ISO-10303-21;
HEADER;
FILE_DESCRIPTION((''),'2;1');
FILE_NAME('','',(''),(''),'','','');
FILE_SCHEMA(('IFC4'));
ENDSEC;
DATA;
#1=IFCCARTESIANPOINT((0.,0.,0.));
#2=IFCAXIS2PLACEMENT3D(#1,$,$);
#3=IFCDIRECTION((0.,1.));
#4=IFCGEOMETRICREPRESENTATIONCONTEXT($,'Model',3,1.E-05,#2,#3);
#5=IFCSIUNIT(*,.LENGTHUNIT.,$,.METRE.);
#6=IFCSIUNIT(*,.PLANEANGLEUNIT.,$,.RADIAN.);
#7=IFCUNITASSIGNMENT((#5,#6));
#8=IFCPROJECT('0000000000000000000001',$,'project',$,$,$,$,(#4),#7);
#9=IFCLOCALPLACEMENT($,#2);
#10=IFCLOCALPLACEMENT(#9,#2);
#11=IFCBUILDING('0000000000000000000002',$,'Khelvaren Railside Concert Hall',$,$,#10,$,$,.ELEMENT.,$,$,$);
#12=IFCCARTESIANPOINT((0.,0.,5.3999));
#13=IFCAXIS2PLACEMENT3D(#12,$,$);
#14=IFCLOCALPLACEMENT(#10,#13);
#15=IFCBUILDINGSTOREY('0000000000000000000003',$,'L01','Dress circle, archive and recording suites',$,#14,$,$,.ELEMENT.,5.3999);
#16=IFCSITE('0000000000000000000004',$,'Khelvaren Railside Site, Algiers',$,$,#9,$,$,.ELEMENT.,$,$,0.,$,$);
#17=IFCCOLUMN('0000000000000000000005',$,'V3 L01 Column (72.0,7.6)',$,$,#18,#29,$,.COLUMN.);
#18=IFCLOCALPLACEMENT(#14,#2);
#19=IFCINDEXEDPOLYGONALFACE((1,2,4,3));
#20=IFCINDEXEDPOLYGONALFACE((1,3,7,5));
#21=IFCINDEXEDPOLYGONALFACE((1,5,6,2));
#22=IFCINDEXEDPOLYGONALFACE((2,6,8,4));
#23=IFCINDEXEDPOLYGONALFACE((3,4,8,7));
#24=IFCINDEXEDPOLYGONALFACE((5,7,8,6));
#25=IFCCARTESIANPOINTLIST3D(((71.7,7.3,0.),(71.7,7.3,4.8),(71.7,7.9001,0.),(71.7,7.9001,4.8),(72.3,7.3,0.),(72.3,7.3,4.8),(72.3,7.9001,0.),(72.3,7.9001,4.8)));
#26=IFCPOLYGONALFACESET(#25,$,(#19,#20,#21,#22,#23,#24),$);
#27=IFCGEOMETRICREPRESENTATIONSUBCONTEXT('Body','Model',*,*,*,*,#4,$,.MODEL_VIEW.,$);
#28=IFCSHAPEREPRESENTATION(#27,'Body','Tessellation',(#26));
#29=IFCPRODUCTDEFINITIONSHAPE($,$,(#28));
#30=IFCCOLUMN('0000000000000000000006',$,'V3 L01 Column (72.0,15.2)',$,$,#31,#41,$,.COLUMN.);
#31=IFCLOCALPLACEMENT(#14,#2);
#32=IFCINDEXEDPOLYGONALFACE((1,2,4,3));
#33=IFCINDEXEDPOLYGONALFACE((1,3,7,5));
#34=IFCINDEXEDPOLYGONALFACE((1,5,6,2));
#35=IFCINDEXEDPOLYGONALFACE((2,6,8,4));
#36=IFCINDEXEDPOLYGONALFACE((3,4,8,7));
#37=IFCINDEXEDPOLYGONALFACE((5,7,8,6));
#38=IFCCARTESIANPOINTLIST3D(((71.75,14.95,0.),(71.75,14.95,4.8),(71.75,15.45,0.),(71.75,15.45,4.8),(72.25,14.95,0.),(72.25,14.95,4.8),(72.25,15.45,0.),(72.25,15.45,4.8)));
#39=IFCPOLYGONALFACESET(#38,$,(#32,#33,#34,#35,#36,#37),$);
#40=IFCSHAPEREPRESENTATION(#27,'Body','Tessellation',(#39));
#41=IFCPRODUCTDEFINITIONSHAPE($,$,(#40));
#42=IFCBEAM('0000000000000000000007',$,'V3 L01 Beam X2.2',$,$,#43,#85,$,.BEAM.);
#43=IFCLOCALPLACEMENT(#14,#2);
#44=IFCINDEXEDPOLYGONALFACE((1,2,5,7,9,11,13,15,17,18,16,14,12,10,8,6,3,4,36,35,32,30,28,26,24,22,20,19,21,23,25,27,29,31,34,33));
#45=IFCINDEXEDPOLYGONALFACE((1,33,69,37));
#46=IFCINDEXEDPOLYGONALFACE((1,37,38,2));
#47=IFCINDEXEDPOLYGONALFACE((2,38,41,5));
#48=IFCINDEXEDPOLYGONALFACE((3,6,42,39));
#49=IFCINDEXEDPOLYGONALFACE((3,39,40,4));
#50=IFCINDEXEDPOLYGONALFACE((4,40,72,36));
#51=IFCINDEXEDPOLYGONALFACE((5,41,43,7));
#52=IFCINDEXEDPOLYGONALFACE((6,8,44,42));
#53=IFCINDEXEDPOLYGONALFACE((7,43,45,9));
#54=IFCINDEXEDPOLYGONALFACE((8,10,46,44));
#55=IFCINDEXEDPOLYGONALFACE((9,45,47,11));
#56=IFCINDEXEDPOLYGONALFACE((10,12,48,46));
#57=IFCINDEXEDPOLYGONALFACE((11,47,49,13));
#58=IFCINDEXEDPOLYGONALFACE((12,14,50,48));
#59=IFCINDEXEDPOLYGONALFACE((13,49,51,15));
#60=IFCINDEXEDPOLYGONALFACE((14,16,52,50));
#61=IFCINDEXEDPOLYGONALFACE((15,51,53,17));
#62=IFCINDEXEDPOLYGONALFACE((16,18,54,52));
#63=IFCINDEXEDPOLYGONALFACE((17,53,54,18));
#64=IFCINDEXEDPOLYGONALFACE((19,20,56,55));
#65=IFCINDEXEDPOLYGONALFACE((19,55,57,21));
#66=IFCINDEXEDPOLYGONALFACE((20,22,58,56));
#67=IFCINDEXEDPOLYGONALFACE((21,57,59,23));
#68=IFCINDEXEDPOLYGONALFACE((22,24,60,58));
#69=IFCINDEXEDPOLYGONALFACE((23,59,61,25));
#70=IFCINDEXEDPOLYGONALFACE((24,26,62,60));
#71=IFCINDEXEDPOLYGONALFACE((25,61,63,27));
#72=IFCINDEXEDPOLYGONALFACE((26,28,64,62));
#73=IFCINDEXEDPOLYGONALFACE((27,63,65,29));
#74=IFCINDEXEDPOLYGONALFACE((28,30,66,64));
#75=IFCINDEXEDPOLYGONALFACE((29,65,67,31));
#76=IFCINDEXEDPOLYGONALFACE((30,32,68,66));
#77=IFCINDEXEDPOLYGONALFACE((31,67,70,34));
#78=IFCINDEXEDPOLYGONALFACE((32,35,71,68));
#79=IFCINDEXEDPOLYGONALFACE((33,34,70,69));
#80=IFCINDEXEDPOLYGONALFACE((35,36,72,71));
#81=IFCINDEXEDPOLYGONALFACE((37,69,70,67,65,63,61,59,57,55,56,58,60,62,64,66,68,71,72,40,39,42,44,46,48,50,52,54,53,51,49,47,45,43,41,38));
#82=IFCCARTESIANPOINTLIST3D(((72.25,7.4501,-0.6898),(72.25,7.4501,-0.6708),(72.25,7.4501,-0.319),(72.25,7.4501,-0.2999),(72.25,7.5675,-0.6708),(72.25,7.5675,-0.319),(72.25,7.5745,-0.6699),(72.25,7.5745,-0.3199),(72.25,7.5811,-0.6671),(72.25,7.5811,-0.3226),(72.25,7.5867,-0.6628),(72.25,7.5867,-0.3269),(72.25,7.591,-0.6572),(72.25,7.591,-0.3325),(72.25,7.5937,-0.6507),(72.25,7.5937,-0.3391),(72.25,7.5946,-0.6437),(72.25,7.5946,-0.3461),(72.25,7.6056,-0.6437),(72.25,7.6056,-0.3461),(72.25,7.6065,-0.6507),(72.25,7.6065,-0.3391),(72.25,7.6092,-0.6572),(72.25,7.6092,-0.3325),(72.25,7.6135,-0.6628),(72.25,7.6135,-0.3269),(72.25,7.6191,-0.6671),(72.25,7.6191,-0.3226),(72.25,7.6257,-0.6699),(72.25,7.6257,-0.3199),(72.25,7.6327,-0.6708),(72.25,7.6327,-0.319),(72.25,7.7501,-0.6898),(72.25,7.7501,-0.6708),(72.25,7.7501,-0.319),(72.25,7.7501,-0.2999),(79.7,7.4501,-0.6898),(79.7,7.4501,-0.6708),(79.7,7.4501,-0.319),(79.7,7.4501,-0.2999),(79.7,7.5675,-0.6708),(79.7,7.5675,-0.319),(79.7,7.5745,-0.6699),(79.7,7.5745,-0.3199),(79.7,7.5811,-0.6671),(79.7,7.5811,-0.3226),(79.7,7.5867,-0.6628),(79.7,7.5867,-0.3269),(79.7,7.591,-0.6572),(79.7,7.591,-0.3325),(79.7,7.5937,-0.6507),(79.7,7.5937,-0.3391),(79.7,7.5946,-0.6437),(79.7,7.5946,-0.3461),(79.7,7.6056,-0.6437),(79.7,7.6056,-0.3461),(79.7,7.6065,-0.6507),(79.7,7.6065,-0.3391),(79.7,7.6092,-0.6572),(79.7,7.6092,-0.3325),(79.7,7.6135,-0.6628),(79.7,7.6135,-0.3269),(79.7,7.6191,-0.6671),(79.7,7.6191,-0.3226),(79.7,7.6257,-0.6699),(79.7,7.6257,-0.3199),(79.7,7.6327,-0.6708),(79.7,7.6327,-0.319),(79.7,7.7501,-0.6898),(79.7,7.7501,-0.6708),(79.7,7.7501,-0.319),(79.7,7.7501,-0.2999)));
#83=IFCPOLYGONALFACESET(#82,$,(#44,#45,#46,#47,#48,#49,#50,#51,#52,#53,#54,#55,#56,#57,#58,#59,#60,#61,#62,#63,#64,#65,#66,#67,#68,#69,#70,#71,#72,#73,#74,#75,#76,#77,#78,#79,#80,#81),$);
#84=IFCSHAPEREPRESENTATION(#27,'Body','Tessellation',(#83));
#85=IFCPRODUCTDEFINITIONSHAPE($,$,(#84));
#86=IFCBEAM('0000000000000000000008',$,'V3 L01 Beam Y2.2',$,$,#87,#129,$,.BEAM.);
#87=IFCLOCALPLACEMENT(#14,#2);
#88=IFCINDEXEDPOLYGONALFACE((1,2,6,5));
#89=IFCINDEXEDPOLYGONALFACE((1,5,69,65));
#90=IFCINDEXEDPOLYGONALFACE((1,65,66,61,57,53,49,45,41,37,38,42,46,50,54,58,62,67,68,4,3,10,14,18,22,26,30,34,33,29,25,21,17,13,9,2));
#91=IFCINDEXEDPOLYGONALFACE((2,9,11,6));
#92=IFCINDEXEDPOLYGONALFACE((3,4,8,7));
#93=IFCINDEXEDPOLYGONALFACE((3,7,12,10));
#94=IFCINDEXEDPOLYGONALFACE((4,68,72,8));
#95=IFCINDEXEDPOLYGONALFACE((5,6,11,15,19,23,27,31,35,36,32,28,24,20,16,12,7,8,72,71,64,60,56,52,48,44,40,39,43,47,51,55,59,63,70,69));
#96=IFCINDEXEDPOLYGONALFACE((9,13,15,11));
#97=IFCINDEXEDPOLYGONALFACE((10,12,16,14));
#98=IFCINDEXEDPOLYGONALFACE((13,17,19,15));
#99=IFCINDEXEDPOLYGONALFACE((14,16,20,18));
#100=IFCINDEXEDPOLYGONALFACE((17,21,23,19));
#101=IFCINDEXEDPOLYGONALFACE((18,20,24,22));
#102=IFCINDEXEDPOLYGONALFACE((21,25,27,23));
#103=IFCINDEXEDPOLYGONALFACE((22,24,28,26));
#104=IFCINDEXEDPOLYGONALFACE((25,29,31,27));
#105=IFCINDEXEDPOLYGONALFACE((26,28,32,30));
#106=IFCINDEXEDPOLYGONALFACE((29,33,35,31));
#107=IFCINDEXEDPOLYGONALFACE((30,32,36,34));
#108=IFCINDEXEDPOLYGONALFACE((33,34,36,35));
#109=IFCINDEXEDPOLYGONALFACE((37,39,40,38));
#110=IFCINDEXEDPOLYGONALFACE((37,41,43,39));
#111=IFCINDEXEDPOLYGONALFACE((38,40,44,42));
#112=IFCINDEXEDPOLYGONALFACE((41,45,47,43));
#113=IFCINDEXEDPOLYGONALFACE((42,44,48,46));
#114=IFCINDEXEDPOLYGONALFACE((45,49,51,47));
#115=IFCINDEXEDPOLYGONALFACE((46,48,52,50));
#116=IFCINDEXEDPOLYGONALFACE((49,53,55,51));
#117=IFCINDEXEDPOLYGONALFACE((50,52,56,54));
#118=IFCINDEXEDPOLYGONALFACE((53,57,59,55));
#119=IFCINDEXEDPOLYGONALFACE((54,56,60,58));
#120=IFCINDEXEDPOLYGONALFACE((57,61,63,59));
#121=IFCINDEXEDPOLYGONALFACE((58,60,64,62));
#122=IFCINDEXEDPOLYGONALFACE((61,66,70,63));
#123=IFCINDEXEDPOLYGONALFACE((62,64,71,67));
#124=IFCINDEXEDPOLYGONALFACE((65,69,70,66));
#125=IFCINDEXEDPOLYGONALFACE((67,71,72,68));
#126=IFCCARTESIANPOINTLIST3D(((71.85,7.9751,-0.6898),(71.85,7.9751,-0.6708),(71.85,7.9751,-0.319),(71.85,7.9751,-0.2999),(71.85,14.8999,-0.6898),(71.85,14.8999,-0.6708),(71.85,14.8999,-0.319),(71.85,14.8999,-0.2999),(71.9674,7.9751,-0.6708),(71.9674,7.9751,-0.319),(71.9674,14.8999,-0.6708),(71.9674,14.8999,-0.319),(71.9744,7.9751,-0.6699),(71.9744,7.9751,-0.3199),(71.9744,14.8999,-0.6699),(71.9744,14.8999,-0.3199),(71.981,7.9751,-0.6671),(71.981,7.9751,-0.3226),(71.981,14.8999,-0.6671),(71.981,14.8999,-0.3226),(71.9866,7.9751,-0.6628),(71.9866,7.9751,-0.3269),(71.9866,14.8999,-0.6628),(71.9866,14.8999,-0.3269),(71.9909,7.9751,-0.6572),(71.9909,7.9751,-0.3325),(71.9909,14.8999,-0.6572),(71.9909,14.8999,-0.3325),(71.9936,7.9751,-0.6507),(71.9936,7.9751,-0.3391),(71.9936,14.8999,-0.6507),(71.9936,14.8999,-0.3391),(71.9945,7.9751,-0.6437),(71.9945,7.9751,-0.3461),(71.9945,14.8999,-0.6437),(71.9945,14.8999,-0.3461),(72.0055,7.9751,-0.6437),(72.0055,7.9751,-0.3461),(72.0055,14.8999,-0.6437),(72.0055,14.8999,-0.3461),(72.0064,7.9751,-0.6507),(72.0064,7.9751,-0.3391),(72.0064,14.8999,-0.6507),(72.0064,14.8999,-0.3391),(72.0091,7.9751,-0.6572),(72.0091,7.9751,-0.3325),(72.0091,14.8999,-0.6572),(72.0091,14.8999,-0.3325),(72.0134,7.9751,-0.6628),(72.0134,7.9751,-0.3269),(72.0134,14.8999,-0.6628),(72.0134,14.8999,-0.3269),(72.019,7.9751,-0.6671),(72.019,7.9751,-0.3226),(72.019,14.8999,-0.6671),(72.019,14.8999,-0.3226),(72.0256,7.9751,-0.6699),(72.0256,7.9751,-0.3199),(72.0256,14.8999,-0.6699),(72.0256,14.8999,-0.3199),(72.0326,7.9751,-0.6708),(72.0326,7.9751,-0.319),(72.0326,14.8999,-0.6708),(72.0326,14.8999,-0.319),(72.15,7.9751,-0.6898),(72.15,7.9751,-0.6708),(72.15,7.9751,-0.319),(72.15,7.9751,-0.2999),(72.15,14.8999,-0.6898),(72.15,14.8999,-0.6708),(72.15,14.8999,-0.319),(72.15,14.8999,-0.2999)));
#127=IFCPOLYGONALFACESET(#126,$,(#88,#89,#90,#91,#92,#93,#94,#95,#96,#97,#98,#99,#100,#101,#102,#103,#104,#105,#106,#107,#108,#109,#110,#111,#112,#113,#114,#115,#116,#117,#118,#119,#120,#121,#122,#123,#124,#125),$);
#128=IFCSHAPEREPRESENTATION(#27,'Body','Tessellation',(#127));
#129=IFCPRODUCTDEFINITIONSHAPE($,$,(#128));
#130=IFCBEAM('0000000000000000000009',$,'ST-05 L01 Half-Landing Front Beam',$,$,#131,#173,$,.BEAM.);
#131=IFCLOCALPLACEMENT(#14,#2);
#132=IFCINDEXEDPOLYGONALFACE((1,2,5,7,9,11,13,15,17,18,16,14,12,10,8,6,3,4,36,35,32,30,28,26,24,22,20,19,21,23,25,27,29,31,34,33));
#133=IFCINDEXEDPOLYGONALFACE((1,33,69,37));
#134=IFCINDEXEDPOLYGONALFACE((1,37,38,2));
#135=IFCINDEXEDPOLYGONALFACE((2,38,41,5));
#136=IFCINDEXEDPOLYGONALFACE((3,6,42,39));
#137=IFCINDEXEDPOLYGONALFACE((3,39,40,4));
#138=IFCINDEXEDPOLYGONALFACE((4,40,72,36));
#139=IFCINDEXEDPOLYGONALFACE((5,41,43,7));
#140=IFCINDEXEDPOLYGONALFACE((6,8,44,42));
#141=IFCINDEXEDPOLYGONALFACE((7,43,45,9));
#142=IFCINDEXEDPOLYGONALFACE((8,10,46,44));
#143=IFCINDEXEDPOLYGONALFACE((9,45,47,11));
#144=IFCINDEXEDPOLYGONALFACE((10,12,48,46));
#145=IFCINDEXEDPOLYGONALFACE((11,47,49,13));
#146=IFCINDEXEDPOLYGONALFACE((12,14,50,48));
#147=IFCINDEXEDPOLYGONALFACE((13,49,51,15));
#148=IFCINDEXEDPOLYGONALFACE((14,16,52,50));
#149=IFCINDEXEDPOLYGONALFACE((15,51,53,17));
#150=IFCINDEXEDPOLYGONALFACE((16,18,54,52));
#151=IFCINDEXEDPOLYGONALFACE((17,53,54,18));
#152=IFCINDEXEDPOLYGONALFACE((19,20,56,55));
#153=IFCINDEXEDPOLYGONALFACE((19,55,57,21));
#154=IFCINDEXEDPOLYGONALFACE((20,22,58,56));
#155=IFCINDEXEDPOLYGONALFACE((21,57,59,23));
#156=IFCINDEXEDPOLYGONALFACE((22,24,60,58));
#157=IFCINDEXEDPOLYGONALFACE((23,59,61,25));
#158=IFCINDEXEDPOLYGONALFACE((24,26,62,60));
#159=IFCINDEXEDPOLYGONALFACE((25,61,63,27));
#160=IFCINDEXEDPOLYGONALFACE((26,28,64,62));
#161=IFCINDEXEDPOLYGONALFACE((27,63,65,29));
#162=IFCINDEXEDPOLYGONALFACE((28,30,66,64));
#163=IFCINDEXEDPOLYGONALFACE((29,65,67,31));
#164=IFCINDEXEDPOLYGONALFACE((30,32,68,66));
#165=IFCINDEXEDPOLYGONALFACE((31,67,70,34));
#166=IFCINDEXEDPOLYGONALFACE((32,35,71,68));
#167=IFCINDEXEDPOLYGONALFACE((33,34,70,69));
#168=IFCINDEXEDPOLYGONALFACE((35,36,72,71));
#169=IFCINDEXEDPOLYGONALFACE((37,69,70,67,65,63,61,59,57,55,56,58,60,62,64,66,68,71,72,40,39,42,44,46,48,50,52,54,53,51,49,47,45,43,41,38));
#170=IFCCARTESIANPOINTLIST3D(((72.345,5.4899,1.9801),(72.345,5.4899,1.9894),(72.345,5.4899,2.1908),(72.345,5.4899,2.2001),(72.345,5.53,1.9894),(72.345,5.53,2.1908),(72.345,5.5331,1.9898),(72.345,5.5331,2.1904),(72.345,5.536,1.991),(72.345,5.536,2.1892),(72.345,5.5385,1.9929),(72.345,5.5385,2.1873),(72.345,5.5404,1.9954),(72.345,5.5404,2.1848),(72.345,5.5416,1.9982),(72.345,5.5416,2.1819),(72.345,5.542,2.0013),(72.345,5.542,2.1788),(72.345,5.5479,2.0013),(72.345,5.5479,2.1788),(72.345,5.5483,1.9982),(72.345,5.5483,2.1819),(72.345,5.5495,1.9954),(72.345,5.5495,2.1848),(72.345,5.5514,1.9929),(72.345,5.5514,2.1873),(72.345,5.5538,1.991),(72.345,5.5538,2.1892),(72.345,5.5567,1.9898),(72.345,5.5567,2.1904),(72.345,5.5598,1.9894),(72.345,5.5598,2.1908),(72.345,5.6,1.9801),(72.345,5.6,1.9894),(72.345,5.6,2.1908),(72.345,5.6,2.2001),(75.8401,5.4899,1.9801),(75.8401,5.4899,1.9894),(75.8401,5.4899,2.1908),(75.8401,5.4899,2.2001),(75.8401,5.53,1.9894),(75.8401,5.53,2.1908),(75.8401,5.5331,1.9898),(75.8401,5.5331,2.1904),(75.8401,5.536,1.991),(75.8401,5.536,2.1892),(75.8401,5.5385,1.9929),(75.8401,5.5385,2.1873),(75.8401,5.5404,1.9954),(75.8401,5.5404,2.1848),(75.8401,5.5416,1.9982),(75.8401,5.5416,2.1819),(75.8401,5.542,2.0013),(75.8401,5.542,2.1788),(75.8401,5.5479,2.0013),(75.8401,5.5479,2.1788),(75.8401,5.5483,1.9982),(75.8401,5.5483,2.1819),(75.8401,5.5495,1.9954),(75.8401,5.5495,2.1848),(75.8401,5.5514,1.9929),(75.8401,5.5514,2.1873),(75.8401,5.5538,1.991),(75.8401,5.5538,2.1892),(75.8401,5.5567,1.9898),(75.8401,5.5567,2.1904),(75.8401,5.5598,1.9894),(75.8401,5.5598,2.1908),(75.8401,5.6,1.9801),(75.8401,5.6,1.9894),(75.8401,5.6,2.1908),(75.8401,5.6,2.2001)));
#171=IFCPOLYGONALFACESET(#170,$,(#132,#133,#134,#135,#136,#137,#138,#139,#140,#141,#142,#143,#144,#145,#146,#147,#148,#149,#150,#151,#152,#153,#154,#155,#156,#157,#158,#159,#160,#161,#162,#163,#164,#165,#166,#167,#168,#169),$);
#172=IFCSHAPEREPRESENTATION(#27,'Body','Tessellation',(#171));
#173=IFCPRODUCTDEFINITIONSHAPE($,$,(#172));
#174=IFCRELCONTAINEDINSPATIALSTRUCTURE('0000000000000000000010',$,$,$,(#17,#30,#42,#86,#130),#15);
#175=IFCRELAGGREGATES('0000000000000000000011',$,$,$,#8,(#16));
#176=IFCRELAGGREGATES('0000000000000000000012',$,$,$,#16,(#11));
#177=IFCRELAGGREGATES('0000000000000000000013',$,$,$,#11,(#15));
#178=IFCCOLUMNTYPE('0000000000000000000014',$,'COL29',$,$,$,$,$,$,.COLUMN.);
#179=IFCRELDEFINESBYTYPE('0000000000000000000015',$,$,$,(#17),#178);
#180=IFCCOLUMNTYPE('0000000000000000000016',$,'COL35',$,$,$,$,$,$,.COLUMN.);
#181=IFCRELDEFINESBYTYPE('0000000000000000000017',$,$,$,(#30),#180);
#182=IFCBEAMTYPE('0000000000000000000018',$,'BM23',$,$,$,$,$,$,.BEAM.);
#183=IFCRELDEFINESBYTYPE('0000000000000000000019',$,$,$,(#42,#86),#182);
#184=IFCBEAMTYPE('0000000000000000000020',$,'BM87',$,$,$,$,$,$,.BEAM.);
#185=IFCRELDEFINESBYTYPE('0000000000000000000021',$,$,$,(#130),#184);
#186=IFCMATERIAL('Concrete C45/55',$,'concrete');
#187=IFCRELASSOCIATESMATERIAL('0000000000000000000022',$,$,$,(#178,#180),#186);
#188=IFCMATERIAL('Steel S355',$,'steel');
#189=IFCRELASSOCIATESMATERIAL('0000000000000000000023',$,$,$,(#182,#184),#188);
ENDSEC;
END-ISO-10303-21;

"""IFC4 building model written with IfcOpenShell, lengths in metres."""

from ifc_helpers import new_model, si_unit, direction, frame, origin, origin_2d, place, context, subcontext, project, spatial, rectangle, i_section, extrude, material, material_profile, profile_set, type_object, element, save


model = new_model("IFC4")

# Units and contexts
model_context = context("Model", 3, precision=1e-05, world=origin(), true_north=direction((0.0, 1.0)))
body_context = subcontext(model_context, "Body", "Model", "MODEL_VIEW")
ifc_project = project(units=[si_unit("LENGTHUNIT", "METRE"), si_unit("PLANEANGLEUNIT", "RADIAN")], contexts=[model_context])

# Site, building, storey
site_placement = place(None, origin())
site = spatial("IfcSite", under=ifc_project, at=site_placement, Name="Khelvaren Railside Site, Algiers", CompositionType="ELEMENT", RefElevation=0.0)
building_placement = place(site_placement, origin())
building = spatial("IfcBuilding", under=site, at=building_placement, Name="Khelvaren Railside Concert Hall", CompositionType="ELEMENT")
storey_placement = place(building_placement, frame((0.0, 0.0, 5.3999)))
storey = spatial("IfcBuildingStorey", under=building, at=storey_placement, Name="L01", Description="Dress circle, archive and recording suites", CompositionType="ELEMENT", Elevation=5.3999)

# Columns
ifc_material_1 = material(Name="Concrete C45/55", Category="concrete")
ifc_material_profile_1 = material_profile(ifc_material_1, rectangle(XDim=0.6001, YDim=0.6001, at=origin_2d()), Name="RC 600x600")
ifc_profile_set_1 = profile_set([ifc_material_profile_1], Name="Concrete C45/55")
column_type_1 = type_object("IfcColumnType", Name="COL29", PredefinedType="COLUMN", material=ifc_profile_set_1)
column_1_placement = place(storey_placement, frame((72.0, 7.6001, 0.0), z_axis=(0.0, 0.0, 1.0), x_axis=(1.0, 0.0, 0.0)))
element("IfcColumn", 1, at=column_1_placement, inside=storey, type_object=column_type_1, Name="V3 L01 Column (72.0,7.6)", PredefinedType="COLUMN", context=body_context, shape_type="SweptSolid", body=[
    extrude(rectangle(XDim=0.6001, YDim=0.6001, at=origin_2d()), origin(), (0.0, 0.0, 1.0), 4.8),
])
ifc_material_profile_2 = material_profile(ifc_material_1, rectangle(XDim=0.5, YDim=0.5, at=origin_2d()), Name="RC 500x500")
ifc_profile_set_2 = profile_set([ifc_material_profile_2], Name="Concrete C45/55")
column_type_2 = type_object("IfcColumnType", Name="COL35", PredefinedType="COLUMN", material=ifc_profile_set_2)
column_2_placement = place(storey_placement, frame((72.0, 15.2, 0.0), z_axis=(0.0, 0.0, 1.0), x_axis=(1.0, 0.0, 0.0)))
element("IfcColumn", 2, at=column_2_placement, inside=storey, type_object=column_type_2, Name="V3 L01 Column (72.0,15.2)", PredefinedType="COLUMN", context=body_context, shape_type="SweptSolid", body=[
    extrude(rectangle(XDim=0.5, YDim=0.5, at=origin_2d()), origin(), (0.0, 0.0, 1.0), 4.8),
])

# Beams
ifc_material_2 = material(Name="Steel S355", Category="steel")
ifc_material_profile_3 = material_profile(ifc_material_2, i_section(OverallWidth=0.3, OverallDepth=0.3899, WebThickness=0.011, FlangeThickness=0.019, FilletRadius=0.0271, at=origin_2d()), Name="HEA 400")
ifc_profile_set_3 = profile_set([ifc_material_profile_3], Name="Steel S355")
beam_type_1 = type_object("IfcBeamType", Name="BM23", PredefinedType="BEAM", material=ifc_profile_set_3)
beam_1_placement = place(storey_placement, frame((72.25, 7.6001, -0.4949), z_axis=(1.0, 0.0, 0.0), x_axis=(0.0, 1.0, 0.0)))
element("IfcBeam", 3, at=beam_1_placement, inside=storey, type_object=beam_type_1, Name="V3 L01 Beam X2.2", PredefinedType="BEAM", context=body_context, shape_type="SweptSolid", body=[
    extrude(i_section(OverallWidth=0.3, OverallDepth=0.3899, WebThickness=0.011, FlangeThickness=0.019, FilletRadius=0.0271, at=origin_2d()), origin(), (0.0, 0.0, 1.0), 7.45),
])
beam_2_placement = place(storey_placement, frame((72.0, 7.9751, -0.4949), z_axis=(0.0, 1.0, 0.0), x_axis=(-1.0, 0.0, 0.0)))
element("IfcBeam", 4, at=beam_2_placement, inside=storey, type_object=beam_type_1, Name="V3 L01 Beam Y2.2", PredefinedType="BEAM", context=body_context, shape_type="SweptSolid", body=[
    extrude(i_section(OverallWidth=0.3, OverallDepth=0.3899, WebThickness=0.011, FlangeThickness=0.019, FilletRadius=0.0271, at=origin_2d()), origin(), (0.0, 0.0, 1.0), 6.9248),
])
ifc_material_profile_4 = material_profile(ifc_material_2, i_section(OverallWidth=0.1101, OverallDepth=0.22, WebThickness=0.0059, FlangeThickness=0.0093, FilletRadius=0.012, at=origin_2d()), Name="IPE 220")
ifc_profile_set_4 = profile_set([ifc_material_profile_4], Name="Steel S355")
beam_type_2 = type_object("IfcBeamType", Name="BM87", PredefinedType="BEAM", material=ifc_profile_set_4)
for number, where, z_axis, x_axis, name in (
    (5, (72.345, 5.5449, 2.0901), (1.0, 0.0, 0.0), (0.0, 1.0, 0.0), "ST-05 L01 Half-Landing Front Beam"),
):
    element("IfcBeam", number, at=place(storey_placement, frame(where, z_axis=z_axis, x_axis=x_axis)), inside=storey, type_object=beam_type_2, Name=name, PredefinedType="BEAM", context=body_context, shape_type="SweptSolid", body=[
        extrude(i_section(OverallWidth=0.1101, OverallDepth=0.22, WebThickness=0.0059, FlangeThickness=0.0093, FilletRadius=0.012, at=origin_2d()), origin(), (0.0, 0.0, 1.0), 3.4951),
    ])

save(model, "model.ifc")
